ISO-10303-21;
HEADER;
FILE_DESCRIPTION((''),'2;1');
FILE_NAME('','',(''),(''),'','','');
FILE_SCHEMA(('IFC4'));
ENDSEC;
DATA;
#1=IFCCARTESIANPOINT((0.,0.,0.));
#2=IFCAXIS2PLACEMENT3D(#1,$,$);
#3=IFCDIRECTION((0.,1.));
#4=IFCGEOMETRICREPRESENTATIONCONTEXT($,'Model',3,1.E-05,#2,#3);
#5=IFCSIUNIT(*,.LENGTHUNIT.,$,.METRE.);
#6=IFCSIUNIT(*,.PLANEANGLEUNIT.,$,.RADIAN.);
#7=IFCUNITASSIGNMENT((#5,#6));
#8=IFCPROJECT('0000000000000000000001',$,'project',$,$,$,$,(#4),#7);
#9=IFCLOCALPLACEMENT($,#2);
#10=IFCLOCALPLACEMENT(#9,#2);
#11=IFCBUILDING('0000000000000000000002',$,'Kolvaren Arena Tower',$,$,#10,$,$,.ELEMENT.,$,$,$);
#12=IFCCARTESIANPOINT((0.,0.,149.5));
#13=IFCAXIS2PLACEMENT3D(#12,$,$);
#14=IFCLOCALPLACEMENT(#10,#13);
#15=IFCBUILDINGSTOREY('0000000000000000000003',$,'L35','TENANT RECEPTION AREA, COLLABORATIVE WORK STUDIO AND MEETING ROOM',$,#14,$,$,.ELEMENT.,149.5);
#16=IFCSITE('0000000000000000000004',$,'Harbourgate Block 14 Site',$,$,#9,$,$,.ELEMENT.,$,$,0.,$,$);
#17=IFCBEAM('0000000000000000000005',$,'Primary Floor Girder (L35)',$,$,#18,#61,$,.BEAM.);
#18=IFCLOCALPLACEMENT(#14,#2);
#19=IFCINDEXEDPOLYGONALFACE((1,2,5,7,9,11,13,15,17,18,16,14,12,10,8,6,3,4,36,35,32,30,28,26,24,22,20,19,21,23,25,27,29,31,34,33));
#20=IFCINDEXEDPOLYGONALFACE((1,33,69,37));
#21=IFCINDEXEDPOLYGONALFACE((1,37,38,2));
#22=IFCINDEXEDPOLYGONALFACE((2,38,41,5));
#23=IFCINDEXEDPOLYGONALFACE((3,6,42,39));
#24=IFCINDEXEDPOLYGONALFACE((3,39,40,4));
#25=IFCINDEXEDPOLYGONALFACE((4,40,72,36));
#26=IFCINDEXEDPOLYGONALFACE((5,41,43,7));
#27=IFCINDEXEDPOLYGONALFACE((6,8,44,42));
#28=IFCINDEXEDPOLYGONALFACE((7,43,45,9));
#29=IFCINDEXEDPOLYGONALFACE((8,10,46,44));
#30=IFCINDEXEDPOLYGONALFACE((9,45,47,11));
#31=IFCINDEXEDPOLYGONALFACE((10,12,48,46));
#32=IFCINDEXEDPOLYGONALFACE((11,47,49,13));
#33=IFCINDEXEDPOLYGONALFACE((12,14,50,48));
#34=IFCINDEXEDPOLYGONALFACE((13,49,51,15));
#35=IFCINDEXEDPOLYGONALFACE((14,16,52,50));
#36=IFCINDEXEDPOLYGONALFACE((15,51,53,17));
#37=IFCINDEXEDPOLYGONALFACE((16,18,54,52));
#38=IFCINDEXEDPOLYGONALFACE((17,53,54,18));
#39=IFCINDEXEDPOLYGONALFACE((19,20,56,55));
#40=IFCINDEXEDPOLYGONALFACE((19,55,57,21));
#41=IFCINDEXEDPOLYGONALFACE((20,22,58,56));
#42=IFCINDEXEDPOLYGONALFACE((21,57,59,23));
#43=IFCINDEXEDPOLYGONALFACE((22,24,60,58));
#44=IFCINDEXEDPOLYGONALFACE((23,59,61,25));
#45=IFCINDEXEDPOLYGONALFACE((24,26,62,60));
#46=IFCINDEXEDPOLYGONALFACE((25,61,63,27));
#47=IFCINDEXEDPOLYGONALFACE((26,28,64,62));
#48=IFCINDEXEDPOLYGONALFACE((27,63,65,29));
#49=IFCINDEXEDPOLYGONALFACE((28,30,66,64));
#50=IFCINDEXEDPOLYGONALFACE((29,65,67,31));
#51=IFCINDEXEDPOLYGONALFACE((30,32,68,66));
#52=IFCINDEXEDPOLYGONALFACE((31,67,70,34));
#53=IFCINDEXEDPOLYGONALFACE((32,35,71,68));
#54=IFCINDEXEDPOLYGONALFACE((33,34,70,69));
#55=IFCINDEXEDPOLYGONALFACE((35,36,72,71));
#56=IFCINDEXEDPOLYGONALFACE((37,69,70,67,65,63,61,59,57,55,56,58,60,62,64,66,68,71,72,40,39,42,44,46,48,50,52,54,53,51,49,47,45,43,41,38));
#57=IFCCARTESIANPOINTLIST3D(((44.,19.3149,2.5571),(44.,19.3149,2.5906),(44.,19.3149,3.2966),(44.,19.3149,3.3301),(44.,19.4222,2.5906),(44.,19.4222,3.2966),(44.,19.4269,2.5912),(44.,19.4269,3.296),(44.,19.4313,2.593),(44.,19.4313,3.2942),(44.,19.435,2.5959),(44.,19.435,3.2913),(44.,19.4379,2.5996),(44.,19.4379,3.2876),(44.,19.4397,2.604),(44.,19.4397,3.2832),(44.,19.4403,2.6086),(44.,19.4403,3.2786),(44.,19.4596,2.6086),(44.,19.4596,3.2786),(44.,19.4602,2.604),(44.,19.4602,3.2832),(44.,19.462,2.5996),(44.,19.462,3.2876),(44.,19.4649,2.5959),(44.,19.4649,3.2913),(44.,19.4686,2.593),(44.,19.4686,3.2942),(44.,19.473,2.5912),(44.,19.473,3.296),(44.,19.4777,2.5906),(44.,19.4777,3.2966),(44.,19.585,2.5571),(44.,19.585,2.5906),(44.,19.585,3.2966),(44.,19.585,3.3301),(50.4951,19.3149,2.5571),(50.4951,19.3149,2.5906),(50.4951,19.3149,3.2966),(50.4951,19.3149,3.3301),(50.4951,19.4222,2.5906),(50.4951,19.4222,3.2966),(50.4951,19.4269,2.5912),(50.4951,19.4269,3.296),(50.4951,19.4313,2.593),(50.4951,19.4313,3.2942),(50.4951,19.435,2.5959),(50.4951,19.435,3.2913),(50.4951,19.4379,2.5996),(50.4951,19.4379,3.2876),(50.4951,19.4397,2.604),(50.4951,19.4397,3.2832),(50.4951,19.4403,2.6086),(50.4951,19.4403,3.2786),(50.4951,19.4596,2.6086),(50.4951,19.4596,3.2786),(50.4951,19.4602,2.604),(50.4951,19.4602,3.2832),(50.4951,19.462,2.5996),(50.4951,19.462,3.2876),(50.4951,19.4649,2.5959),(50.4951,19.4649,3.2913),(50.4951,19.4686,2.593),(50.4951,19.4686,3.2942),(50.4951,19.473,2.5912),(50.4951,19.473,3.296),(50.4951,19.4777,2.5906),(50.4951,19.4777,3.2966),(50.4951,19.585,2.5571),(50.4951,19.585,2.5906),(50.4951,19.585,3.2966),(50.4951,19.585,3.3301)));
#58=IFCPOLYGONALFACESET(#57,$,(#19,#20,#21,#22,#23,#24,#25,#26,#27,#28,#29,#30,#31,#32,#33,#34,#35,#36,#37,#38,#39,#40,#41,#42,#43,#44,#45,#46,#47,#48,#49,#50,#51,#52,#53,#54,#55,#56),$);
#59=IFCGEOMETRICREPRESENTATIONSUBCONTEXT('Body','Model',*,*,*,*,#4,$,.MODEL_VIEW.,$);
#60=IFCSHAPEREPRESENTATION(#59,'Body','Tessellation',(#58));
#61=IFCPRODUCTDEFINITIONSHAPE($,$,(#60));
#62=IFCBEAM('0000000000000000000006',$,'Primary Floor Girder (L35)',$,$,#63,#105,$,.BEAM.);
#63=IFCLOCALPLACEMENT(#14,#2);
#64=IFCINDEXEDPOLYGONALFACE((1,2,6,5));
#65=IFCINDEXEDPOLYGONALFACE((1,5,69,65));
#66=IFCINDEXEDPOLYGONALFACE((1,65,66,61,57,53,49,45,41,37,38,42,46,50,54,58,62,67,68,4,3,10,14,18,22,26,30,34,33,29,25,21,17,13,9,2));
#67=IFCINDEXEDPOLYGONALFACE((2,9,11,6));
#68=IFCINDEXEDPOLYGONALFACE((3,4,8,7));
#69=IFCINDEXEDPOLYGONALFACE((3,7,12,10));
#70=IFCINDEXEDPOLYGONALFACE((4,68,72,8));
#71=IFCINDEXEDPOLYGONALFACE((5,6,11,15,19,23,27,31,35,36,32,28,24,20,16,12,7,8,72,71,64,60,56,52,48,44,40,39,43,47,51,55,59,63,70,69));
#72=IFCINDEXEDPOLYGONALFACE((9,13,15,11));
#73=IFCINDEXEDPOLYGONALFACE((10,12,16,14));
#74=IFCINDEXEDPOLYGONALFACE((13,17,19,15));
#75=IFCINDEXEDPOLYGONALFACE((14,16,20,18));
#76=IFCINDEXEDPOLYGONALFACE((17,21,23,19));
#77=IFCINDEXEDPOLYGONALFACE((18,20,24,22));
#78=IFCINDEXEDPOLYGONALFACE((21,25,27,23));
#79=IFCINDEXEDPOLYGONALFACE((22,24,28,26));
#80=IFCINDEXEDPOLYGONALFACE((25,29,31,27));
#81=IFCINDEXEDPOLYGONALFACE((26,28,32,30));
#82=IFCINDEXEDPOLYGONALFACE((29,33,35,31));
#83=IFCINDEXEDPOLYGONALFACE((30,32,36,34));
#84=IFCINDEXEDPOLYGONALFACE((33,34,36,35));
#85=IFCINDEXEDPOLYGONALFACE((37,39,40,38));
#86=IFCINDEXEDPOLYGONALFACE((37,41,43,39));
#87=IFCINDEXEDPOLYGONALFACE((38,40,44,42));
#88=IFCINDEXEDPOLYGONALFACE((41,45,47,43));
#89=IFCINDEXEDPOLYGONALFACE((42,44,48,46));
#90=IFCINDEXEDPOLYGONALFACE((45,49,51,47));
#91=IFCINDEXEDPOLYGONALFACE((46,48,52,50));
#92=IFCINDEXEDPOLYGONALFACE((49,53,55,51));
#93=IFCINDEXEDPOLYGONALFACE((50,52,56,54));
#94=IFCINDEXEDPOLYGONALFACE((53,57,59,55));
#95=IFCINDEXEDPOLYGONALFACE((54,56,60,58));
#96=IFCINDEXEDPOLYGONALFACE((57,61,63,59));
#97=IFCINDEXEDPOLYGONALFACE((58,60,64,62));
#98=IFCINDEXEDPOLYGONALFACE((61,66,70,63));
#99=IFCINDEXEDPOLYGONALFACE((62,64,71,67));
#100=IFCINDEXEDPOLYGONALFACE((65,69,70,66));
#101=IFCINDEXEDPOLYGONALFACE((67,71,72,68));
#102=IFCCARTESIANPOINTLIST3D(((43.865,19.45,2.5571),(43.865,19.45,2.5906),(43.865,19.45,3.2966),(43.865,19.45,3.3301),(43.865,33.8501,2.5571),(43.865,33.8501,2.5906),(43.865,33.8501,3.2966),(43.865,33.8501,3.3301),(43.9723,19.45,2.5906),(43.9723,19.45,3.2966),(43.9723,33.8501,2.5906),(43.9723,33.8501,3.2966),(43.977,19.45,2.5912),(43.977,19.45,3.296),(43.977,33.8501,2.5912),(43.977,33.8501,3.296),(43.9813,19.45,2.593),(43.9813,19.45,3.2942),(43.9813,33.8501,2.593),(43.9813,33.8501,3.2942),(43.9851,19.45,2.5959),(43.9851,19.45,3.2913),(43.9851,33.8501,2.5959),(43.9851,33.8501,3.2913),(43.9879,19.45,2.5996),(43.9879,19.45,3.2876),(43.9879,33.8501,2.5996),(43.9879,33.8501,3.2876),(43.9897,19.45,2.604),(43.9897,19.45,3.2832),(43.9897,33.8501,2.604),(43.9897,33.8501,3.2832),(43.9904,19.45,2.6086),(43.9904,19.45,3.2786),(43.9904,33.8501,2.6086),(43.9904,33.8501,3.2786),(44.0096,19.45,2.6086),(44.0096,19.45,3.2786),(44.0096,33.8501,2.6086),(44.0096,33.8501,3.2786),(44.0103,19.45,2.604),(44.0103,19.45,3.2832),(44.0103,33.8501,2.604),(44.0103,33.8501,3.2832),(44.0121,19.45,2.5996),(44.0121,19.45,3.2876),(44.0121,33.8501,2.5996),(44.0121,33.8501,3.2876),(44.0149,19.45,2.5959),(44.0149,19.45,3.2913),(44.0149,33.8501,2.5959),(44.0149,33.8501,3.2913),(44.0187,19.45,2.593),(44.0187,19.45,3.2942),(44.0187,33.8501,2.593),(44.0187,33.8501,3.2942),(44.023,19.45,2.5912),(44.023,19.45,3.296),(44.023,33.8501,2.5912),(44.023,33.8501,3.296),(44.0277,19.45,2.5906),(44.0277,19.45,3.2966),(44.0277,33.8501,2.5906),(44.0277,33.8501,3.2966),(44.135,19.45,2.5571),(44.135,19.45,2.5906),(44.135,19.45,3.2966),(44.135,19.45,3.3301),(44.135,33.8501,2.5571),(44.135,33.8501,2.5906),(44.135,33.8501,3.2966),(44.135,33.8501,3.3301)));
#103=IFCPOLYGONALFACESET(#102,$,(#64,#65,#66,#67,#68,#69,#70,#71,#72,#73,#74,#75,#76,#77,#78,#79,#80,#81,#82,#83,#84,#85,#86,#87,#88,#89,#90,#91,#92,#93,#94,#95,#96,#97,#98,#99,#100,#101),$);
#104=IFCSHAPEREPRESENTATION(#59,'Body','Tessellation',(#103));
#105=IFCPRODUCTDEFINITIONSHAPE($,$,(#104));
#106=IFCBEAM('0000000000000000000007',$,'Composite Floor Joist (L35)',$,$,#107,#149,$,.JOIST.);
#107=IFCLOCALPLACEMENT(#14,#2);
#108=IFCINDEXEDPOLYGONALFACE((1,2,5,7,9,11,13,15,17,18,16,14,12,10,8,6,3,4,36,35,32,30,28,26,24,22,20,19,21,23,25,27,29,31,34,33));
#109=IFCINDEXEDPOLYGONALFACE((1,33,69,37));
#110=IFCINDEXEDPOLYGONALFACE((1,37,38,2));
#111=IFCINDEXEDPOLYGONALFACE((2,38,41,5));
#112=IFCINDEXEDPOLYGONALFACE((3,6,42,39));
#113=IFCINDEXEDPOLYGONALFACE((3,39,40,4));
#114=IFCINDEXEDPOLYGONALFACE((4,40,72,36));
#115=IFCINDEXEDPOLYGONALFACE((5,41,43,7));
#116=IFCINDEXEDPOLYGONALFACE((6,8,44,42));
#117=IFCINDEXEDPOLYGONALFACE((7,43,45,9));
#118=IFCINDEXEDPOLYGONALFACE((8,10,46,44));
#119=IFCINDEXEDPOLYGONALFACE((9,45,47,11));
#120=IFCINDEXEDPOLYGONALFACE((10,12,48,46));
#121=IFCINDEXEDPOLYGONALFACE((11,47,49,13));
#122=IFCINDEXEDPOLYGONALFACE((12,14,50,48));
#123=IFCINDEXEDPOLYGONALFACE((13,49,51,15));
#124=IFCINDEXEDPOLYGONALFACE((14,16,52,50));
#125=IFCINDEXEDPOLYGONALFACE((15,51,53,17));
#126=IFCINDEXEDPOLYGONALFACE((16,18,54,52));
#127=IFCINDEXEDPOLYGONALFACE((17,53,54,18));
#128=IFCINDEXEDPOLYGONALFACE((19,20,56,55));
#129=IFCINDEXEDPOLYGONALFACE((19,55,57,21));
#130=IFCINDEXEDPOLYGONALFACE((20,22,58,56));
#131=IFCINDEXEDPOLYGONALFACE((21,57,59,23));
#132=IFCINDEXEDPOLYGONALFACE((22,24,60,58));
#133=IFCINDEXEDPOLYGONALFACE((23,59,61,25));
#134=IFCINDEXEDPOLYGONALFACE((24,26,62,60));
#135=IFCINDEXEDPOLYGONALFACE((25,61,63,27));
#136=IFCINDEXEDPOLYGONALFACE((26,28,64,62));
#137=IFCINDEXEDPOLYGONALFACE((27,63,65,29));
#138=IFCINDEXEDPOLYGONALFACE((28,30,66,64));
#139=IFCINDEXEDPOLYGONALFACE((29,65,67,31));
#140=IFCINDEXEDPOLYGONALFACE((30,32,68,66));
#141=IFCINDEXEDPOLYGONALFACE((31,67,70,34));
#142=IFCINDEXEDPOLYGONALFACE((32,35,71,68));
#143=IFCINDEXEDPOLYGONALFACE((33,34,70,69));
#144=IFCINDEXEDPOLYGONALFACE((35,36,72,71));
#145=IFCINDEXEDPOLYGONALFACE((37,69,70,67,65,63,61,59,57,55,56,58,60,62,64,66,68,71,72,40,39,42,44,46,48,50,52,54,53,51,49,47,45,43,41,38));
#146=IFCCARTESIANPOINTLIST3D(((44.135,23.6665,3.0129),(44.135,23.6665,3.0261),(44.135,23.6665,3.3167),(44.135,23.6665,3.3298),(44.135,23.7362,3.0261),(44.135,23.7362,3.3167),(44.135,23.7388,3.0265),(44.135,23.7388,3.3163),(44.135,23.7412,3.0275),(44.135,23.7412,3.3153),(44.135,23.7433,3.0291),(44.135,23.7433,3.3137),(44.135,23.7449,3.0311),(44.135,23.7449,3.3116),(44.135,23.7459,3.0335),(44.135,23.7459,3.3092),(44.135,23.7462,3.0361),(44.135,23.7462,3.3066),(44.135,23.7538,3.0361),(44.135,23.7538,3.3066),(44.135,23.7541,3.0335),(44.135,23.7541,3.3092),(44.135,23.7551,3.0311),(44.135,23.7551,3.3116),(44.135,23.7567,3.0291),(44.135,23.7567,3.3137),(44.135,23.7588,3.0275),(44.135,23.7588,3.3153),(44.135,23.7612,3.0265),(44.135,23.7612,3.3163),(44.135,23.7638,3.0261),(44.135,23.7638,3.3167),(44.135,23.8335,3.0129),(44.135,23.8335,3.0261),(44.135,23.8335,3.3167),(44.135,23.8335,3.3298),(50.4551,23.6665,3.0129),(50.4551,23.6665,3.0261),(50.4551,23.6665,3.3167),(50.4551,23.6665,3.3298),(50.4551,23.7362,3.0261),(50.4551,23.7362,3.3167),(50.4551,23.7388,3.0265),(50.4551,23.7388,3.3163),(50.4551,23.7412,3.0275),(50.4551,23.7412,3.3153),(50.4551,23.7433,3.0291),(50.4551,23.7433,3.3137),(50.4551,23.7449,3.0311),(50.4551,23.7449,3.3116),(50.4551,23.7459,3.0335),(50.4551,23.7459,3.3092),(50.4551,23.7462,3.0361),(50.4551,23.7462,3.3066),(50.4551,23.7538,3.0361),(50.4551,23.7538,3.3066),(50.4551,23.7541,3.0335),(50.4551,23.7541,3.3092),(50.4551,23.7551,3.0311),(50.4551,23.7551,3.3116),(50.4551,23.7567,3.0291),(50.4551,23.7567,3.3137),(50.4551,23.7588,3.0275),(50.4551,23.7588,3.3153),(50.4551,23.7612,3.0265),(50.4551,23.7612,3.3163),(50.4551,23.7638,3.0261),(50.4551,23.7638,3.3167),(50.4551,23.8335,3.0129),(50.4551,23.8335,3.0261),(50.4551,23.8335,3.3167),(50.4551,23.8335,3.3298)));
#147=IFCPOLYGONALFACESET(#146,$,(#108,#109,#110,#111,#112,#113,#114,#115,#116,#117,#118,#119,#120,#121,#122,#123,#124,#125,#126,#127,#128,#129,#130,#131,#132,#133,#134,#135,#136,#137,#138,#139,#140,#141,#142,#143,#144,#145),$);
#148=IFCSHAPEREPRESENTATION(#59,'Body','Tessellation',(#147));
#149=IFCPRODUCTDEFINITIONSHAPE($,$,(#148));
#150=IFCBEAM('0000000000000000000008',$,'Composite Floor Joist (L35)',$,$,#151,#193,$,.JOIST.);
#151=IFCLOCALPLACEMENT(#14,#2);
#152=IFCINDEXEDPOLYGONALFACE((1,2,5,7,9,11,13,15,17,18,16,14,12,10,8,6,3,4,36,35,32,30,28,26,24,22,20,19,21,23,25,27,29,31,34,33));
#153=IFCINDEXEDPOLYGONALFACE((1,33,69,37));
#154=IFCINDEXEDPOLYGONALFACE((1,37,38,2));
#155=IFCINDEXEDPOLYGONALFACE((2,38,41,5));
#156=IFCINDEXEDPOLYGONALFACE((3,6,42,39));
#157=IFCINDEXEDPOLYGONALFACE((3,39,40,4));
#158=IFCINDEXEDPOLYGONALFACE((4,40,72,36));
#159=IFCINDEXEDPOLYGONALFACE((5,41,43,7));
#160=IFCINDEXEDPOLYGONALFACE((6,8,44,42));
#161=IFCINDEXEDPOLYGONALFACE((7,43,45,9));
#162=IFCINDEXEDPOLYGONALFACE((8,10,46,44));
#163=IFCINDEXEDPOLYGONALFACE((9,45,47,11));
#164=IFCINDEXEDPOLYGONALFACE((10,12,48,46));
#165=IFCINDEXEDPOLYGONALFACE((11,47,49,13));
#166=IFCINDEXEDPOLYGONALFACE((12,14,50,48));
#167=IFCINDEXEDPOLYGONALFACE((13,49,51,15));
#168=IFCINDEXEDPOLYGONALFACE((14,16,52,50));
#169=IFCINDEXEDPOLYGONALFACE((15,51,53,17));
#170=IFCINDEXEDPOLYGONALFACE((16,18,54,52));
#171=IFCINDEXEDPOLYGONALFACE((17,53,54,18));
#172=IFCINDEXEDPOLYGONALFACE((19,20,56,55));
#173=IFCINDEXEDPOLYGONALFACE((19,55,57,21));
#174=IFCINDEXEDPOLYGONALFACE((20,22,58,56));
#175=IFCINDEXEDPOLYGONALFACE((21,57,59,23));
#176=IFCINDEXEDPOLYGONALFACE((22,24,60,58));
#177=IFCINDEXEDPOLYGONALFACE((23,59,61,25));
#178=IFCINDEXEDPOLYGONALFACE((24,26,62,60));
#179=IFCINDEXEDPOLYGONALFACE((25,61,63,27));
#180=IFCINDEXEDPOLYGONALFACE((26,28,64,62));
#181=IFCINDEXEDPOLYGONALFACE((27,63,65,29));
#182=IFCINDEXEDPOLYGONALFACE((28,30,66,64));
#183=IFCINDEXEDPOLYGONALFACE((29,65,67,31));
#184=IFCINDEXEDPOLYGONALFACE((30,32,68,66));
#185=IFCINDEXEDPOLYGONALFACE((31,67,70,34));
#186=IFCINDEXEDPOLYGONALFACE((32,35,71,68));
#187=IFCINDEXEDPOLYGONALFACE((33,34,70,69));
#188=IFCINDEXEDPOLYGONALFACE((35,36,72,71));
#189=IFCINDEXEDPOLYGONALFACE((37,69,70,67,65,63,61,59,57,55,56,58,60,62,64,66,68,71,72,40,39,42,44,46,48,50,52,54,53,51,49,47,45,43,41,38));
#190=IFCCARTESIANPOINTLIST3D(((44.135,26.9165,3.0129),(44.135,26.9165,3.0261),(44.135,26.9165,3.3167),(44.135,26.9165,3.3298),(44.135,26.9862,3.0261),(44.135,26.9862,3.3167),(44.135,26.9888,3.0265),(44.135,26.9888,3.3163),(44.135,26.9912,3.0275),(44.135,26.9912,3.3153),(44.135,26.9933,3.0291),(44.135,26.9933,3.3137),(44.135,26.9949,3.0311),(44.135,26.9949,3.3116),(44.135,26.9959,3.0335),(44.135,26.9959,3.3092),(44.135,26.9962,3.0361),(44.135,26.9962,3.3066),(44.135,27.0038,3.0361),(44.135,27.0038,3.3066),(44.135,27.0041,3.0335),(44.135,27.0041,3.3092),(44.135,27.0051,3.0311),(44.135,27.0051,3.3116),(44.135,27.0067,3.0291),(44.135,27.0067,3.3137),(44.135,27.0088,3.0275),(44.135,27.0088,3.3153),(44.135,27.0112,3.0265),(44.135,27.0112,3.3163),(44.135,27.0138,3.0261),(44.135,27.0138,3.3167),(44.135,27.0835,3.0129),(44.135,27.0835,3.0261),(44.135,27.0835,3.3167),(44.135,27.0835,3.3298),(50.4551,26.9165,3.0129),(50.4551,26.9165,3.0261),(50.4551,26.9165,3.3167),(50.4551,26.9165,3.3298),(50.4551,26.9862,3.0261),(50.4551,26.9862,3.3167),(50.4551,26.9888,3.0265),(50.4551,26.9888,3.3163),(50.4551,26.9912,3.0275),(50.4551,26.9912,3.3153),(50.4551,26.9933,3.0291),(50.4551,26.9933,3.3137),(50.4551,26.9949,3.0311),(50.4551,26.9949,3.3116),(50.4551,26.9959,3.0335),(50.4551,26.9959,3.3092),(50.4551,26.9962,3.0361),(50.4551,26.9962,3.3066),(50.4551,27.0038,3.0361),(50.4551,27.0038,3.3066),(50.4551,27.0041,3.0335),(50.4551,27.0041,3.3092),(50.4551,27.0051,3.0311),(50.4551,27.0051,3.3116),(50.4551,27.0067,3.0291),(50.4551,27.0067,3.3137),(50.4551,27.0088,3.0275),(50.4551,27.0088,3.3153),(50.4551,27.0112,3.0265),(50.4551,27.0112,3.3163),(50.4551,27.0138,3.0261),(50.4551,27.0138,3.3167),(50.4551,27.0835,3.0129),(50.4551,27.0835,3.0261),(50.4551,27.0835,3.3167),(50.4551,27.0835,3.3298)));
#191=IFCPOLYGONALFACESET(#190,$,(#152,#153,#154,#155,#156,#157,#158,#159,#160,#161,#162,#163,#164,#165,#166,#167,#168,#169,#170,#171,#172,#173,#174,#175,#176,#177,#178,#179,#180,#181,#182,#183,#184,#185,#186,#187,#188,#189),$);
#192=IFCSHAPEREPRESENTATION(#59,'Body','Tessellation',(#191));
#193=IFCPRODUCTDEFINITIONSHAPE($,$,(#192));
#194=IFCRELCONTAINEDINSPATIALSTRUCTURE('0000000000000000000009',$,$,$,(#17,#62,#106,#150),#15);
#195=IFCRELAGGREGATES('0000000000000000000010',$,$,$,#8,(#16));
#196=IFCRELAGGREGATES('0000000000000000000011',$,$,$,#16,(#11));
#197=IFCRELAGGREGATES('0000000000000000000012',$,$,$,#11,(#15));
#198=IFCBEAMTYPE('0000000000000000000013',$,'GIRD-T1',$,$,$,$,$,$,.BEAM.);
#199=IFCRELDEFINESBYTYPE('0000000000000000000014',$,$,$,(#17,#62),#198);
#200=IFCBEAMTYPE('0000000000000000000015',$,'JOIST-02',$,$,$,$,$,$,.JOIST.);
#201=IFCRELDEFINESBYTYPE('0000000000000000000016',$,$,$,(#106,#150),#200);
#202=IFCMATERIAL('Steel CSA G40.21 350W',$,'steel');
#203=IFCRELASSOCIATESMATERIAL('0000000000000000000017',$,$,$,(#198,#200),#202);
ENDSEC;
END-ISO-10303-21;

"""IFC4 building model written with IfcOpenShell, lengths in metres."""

from ifc_helpers import new_model, si_unit, direction, frame, origin, origin_2d, place, context, subcontext, project, spatial, i_section, extrude, material, material_profile, profile_set, type_object, element, save


model = new_model("IFC4")

# Units and contexts
model_context = context("Model", 3, precision=1e-05, world=origin(), true_north=direction((0.0, 1.0)))
body_context = subcontext(model_context, "Body", "Model", "MODEL_VIEW")
ifc_project = project(units=[si_unit("LENGTHUNIT", "METRE"), si_unit("PLANEANGLEUNIT", "RADIAN")], contexts=[model_context])

# Site, building, storey
site_placement = place(None, origin())
site = spatial("IfcSite", under=ifc_project, at=site_placement, Name="Harbourgate Block 14 Site", CompositionType="ELEMENT", RefElevation=0.0)
building_placement = place(site_placement, origin())
building = spatial("IfcBuilding", under=site, at=building_placement, Name="Kolvaren Arena Tower", CompositionType="ELEMENT")
storey_placement = place(building_placement, frame((0.0, 0.0, 149.5)))
storey = spatial("IfcBuildingStorey", under=building, at=storey_placement, Name="L35", Description="TENANT RECEPTION AREA, COLLABORATIVE WORK STUDIO AND MEETING ROOM", CompositionType="ELEMENT", Elevation=149.5)

# Beams
ifc_material_1 = material(Name="Steel CSA G40.21 350W", Category="steel")
ifc_material_profile_1 = material_profile(ifc_material_1, i_section(OverallWidth=0.27, OverallDepth=0.7729, WebThickness=0.0193, FlangeThickness=0.0334, FilletRadius=0.0181, at=origin_2d()), Name="W760x257")
ifc_profile_set_1 = profile_set([ifc_material_profile_1], Name="Steel CSA G40.21 350W")
beam_type_1 = type_object("IfcBeamType", Name="GIRD-T1", PredefinedType="BEAM", material=ifc_profile_set_1)
beam_1_placement = place(storey_placement, frame((44.0, 19.45, 2.9436), z_axis=(1.0, 0.0, 0.0), x_axis=(0.0, 1.0, 0.0)))
element("IfcBeam", 1, at=beam_1_placement, inside=storey, type_object=beam_type_1, Name="Primary Floor Girder (L35)", PredefinedType="BEAM", context=body_context, shape_type="SweptSolid", body=[
    extrude(i_section(OverallWidth=0.27, OverallDepth=0.7729, WebThickness=0.0193, FlangeThickness=0.0334, FilletRadius=0.0181, at=origin_2d()), origin(), (0.0, 0.0, 1.0), 6.4951),
])
beam_2_placement = place(storey_placement, frame((44.0, 19.45, 2.9436), z_axis=(0.0, 1.0, 0.0), x_axis=(-1.0, 0.0, 0.0)))
element("IfcBeam", 2, at=beam_2_placement, inside=storey, type_object=beam_type_1, Name="Primary Floor Girder (L35)", PredefinedType="BEAM", context=body_context, shape_type="SweptSolid", body=[
    extrude(i_section(OverallWidth=0.27, OverallDepth=0.7729, WebThickness=0.0193, FlangeThickness=0.0334, FilletRadius=0.0181, at=origin_2d()), origin(), (0.0, 0.0, 1.0), 14.4001),
])
ifc_material_profile_2 = material_profile(ifc_material_1, i_section(OverallWidth=0.167, OverallDepth=0.3169, WebThickness=0.0076, FlangeThickness=0.0132, FilletRadius=0.01, at=origin_2d()), Name="W310x52")
ifc_profile_set_2 = profile_set([ifc_material_profile_2], Name="Steel CSA G40.21 350W")
beam_type_2 = type_object("IfcBeamType", Name="JOIST-02", PredefinedType="JOIST", material=ifc_profile_set_2)
for number, where, z_axis, x_axis, name in (
    (3, (44.135, 23.75, 3.1714), (1.0, 0.0, 0.0), (0.0, 1.0, 0.0), "Composite Floor Joist (L35)"),
    (4, (44.135, 27.0, 3.1714), (1.0, 0.0, 0.0), (0.0, 1.0, 0.0), "Composite Floor Joist (L35)"),
):
    element("IfcBeam", number, at=place(storey_placement, frame(where, z_axis=z_axis, x_axis=x_axis)), inside=storey, type_object=beam_type_2, Name=name, PredefinedType="JOIST", context=body_context, shape_type="SweptSolid", body=[
        extrude(i_section(OverallWidth=0.167, OverallDepth=0.3169, WebThickness=0.0076, FlangeThickness=0.0132, FilletRadius=0.01, at=origin_2d()), origin(), (0.0, 0.0, 1.0), 6.3201),
    ])

save(model, "model.ifc")
